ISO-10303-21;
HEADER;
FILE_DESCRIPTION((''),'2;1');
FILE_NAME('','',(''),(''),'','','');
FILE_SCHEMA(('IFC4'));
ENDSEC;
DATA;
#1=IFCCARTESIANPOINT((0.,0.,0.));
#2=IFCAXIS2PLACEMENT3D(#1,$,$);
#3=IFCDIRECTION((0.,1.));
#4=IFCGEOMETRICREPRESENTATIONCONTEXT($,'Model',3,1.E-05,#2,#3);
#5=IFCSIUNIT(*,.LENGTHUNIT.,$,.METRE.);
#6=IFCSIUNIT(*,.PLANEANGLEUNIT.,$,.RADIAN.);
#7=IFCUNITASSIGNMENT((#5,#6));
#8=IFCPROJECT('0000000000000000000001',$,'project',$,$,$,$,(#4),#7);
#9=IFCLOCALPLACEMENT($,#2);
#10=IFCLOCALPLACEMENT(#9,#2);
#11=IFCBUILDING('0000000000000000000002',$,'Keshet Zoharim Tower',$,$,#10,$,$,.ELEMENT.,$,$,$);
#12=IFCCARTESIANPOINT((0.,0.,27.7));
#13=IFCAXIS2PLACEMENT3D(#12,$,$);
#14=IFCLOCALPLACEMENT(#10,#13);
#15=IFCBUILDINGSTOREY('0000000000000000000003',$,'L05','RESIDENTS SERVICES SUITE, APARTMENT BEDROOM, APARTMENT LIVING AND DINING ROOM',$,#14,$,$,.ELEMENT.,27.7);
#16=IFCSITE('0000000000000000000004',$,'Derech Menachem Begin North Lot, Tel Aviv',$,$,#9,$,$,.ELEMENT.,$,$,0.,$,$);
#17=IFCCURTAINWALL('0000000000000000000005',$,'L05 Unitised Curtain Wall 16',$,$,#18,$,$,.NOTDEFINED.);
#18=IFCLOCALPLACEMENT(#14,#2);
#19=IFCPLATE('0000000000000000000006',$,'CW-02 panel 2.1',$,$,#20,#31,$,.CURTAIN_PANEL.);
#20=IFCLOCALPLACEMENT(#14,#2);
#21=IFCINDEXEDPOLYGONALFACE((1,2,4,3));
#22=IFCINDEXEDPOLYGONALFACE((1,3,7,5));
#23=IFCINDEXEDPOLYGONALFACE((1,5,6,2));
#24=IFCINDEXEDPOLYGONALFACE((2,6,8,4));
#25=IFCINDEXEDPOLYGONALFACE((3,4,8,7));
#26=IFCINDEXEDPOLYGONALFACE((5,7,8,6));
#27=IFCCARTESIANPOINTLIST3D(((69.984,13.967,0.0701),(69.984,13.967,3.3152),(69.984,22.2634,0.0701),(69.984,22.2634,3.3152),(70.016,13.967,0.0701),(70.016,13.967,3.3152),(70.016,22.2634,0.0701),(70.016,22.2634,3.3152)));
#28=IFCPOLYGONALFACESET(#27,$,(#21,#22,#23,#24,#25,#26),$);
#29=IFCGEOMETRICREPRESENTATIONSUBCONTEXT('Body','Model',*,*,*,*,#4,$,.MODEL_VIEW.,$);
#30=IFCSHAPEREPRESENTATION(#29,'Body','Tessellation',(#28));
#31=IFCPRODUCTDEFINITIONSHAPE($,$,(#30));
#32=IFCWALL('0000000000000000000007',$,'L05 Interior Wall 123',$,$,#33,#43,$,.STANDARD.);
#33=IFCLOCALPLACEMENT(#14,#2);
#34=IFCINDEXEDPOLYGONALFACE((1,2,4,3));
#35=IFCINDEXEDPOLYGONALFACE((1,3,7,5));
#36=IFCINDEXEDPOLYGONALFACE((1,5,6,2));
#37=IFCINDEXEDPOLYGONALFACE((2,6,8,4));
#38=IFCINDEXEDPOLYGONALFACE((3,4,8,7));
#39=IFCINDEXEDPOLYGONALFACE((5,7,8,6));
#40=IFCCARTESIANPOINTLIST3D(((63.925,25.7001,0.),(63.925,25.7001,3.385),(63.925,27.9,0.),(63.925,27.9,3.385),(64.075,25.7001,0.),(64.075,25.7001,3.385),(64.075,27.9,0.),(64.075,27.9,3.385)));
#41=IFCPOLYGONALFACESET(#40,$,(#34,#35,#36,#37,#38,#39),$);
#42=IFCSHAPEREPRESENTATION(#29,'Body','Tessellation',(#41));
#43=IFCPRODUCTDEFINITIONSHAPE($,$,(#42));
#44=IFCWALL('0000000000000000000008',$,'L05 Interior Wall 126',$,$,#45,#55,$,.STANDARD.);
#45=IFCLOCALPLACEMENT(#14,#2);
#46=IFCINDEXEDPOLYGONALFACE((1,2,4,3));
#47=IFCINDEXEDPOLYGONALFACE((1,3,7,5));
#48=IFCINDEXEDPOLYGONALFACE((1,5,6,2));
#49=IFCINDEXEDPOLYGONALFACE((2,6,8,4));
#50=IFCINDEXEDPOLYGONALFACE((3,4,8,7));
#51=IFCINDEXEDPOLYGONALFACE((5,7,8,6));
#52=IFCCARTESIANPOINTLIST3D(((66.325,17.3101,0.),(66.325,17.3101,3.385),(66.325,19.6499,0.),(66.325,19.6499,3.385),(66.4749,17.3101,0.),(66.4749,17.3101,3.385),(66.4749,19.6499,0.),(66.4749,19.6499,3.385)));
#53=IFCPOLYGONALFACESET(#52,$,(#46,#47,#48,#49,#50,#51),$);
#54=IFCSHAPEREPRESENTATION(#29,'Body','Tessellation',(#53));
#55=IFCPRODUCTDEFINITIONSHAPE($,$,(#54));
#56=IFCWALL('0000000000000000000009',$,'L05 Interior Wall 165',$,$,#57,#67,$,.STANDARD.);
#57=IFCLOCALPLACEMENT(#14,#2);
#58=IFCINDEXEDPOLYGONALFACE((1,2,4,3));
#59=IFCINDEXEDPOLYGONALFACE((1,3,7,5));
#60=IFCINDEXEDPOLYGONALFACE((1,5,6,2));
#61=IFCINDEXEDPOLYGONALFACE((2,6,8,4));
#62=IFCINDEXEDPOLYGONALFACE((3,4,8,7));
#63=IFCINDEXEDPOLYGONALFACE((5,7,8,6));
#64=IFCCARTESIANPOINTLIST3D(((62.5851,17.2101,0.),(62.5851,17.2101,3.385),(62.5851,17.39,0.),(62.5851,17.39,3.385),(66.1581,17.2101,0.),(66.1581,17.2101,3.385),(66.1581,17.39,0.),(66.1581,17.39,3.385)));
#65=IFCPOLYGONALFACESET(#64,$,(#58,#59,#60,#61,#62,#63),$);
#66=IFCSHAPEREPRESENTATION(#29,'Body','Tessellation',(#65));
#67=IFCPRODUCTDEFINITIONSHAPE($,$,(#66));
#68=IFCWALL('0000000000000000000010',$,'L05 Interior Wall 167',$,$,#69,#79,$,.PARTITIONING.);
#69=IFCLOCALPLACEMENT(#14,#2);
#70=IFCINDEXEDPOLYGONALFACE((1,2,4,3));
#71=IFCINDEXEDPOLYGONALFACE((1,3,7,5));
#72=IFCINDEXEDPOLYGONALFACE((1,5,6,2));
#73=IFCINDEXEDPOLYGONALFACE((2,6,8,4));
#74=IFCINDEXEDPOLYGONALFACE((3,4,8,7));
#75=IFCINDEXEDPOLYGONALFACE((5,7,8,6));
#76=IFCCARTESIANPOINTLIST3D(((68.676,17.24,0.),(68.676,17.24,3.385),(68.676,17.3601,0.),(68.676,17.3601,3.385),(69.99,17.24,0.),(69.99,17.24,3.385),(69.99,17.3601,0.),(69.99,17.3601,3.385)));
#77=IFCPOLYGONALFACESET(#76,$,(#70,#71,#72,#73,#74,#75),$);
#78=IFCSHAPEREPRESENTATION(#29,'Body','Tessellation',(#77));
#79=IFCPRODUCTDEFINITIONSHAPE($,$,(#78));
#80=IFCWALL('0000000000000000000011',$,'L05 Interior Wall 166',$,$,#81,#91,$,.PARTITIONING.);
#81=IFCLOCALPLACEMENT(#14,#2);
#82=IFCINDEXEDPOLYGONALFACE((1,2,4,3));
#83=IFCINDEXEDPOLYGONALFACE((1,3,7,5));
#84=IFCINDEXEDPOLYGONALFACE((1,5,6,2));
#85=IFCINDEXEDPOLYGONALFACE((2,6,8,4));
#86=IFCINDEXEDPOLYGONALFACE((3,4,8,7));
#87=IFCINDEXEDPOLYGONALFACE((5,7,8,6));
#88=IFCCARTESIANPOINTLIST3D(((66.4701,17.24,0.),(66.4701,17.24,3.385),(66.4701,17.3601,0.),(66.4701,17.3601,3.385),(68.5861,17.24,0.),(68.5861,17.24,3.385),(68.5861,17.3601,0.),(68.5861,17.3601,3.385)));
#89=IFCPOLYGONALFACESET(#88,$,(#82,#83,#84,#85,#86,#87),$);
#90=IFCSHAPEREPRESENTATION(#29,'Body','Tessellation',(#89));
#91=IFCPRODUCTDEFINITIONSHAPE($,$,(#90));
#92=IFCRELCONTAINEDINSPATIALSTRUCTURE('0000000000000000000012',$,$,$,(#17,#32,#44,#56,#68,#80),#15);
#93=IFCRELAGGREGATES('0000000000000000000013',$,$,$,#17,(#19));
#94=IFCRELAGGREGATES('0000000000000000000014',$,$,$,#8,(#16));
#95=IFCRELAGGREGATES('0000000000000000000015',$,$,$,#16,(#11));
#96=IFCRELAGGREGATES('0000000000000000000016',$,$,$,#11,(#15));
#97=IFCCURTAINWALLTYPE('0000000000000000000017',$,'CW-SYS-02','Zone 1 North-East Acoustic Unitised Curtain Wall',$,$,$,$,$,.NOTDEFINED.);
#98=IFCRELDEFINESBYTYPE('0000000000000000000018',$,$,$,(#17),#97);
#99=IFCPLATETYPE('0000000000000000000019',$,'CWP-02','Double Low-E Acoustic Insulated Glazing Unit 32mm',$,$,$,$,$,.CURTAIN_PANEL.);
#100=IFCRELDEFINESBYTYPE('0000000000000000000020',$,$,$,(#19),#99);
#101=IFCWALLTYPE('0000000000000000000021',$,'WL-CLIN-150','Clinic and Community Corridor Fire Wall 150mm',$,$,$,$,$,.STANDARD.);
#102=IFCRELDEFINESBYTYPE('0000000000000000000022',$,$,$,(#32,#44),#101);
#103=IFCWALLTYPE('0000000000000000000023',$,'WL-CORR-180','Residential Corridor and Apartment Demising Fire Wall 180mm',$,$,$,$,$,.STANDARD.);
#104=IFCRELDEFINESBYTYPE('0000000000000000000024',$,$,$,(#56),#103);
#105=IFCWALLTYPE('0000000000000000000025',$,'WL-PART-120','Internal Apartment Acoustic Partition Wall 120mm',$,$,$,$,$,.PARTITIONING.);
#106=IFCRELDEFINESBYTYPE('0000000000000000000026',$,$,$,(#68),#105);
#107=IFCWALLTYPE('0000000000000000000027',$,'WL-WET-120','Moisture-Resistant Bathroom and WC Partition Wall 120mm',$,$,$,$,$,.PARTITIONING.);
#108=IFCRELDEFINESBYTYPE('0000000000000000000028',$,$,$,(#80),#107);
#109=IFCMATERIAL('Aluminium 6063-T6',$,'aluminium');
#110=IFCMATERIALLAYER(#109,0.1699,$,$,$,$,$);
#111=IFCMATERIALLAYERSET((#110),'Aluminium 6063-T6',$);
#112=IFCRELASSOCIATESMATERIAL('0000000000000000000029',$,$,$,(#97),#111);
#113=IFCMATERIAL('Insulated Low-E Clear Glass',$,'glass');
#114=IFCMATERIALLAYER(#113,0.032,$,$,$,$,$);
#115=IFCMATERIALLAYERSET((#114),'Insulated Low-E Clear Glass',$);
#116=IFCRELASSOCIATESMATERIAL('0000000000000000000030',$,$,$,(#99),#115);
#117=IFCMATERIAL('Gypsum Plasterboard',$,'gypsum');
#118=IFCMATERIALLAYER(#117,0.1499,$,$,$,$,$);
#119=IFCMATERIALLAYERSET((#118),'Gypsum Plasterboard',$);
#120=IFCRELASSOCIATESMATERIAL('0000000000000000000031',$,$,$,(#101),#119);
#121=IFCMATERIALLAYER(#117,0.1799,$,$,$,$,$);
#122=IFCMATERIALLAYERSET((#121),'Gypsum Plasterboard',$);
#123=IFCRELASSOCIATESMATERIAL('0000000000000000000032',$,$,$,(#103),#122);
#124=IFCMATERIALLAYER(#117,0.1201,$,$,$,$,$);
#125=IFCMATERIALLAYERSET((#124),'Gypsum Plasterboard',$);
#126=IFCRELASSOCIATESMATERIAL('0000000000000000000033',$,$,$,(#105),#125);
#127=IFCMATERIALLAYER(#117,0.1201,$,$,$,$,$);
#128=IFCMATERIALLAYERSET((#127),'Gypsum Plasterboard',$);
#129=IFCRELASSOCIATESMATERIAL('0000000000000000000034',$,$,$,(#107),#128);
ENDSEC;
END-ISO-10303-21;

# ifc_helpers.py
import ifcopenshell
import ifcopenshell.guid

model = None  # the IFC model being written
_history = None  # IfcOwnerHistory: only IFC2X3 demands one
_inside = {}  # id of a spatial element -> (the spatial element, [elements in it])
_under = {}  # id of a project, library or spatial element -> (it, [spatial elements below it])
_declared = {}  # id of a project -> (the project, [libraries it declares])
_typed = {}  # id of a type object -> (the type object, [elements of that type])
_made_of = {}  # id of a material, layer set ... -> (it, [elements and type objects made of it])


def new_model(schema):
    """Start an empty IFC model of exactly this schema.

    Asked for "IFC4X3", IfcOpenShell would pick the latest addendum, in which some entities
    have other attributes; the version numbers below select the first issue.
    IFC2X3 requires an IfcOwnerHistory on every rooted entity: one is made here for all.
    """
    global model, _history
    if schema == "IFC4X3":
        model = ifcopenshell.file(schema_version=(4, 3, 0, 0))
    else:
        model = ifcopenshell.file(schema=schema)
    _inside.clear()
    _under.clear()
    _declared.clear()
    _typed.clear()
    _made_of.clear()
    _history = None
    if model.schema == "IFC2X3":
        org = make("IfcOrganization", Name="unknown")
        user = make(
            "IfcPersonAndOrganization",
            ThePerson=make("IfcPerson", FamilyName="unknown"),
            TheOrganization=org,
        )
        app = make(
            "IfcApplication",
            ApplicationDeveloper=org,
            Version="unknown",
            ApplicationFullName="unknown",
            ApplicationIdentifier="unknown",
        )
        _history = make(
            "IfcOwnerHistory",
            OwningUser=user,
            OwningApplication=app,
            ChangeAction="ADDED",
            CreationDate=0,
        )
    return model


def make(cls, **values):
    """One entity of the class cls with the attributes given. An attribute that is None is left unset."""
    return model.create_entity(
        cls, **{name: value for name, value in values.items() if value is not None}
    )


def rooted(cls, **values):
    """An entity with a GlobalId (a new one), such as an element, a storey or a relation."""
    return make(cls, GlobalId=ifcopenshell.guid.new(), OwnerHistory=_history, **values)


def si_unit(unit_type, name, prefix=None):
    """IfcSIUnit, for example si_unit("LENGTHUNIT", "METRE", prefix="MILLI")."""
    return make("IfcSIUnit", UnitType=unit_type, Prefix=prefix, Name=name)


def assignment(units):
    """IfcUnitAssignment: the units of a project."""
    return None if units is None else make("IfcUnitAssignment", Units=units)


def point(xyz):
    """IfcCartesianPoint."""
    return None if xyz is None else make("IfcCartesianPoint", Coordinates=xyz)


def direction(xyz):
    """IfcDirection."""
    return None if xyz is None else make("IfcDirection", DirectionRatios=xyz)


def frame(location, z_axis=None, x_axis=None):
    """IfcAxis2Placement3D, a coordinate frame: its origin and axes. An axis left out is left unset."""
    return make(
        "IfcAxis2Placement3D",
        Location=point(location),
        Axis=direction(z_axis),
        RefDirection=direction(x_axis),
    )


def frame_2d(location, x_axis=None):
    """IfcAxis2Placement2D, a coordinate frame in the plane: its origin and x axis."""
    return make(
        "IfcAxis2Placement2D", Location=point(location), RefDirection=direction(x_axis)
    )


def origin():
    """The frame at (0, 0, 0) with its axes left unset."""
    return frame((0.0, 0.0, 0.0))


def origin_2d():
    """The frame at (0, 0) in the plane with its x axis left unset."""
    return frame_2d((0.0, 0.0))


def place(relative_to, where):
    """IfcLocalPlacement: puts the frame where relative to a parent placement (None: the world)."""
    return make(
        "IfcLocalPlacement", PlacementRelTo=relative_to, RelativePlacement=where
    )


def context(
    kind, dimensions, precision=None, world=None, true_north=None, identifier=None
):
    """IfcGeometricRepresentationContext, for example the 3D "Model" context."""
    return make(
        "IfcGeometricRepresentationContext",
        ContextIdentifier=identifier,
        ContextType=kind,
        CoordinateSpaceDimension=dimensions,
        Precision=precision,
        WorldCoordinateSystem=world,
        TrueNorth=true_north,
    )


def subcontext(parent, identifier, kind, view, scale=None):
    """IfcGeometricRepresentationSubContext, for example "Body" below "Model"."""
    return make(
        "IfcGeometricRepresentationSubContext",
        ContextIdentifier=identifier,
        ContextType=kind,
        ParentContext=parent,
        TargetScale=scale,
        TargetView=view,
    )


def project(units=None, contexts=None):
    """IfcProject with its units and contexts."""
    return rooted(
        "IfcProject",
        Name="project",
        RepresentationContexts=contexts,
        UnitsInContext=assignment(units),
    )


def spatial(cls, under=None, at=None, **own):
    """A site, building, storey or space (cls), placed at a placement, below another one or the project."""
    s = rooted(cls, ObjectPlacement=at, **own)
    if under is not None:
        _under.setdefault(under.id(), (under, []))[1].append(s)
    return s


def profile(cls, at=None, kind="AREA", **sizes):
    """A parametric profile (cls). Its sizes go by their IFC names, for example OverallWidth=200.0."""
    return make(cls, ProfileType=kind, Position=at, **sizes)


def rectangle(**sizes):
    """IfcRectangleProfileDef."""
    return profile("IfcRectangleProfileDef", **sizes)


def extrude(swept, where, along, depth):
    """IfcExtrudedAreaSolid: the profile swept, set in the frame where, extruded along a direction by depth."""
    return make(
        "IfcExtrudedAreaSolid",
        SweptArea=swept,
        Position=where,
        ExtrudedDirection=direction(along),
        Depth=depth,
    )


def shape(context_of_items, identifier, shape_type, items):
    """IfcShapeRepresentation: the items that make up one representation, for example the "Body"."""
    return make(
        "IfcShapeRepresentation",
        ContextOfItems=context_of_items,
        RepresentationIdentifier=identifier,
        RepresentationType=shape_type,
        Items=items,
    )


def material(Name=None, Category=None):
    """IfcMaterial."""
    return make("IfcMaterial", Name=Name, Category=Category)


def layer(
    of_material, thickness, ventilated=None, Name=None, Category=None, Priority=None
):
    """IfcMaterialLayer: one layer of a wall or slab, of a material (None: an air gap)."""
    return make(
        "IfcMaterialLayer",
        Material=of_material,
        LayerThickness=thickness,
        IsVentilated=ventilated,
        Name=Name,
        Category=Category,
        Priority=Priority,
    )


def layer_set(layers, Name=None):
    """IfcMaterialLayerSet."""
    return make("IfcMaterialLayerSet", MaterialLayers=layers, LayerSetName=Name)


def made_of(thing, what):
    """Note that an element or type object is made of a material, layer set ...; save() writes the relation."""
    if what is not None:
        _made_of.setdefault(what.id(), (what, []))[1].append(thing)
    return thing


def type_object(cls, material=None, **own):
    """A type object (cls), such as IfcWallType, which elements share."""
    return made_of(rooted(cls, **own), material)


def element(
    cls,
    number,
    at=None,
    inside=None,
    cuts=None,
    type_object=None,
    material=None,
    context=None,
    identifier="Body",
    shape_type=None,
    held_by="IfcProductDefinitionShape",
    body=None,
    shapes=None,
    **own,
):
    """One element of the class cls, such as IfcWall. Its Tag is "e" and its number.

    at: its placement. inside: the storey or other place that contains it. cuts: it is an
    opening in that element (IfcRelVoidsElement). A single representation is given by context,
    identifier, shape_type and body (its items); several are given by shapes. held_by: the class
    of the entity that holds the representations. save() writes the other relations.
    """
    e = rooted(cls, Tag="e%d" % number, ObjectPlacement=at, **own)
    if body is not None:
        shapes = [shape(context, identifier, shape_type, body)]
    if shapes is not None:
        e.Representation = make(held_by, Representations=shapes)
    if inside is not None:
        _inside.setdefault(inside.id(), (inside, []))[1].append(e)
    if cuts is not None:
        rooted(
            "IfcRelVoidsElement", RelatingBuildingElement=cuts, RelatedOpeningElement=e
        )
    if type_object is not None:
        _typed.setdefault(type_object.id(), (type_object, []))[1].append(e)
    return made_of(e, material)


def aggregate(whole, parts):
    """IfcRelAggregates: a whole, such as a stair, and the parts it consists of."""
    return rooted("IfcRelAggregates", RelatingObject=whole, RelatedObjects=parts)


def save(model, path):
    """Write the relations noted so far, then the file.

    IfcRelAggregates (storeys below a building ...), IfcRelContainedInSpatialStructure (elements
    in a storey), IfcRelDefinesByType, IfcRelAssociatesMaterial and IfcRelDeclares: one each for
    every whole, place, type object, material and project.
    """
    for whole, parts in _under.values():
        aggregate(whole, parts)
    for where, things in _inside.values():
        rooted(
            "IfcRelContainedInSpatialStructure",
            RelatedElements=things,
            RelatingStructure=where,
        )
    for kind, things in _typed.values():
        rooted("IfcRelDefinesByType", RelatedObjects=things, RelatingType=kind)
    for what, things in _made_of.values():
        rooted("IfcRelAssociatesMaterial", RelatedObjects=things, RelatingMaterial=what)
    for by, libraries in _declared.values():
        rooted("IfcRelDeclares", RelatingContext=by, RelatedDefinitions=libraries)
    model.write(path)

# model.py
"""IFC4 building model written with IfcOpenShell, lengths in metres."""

from ifc_helpers import new_model, si_unit, direction, frame, frame_2d, origin, origin_2d, place, context, subcontext, project, spatial, rectangle, extrude, material, layer, layer_set, type_object, element, aggregate, save


model = new_model("IFC4")

# Units and contexts
model_context = context("Model", 3, precision=1e-05, world=origin(), true_north=direction((0.0, 1.0)))
body_context = subcontext(model_context, "Body", "Model", "MODEL_VIEW")
ifc_project = project(units=[si_unit("LENGTHUNIT", "METRE"), si_unit("PLANEANGLEUNIT", "RADIAN")], contexts=[model_context])

# Site, building, storey
site_placement = place(None, origin())
site = spatial("IfcSite", under=ifc_project, at=site_placement, Name="Derech Menachem Begin North Lot, Tel Aviv", CompositionType="ELEMENT", RefElevation=0.0)
building_placement = place(site_placement, origin())
building = spatial("IfcBuilding", under=site, at=building_placement, Name="Keshet Zoharim Tower", CompositionType="ELEMENT")
storey_placement = place(building_placement, frame((0.0, 0.0, 27.7)))
storey = spatial("IfcBuildingStorey", under=building, at=storey_placement, Name="L05", Description="RESIDENTS SERVICES SUITE, APARTMENT BEDROOM, APARTMENT LIVING AND DINING ROOM", CompositionType="ELEMENT", Elevation=27.7)

# Shared definitions
ifc_material_1 = material(Name="Aluminium 6063-T6", Category="aluminium")
ifc_layer_1 = layer(ifc_material_1, 0.1699)
ifc_layer_set_1 = layer_set([ifc_layer_1], Name="Aluminium 6063-T6")
curtain_wall_type = type_object("IfcCurtainWallType", Name="CW-SYS-02", Description="Zone 1 North-East Acoustic Unitised Curtain Wall", PredefinedType="NOTDEFINED", material=ifc_layer_set_1)

# Curtain wall, plate
curtain_wall_1_placement = place(storey_placement, origin())
curtain_wall_1 = element("IfcCurtainWall", 1, at=curtain_wall_1_placement, inside=storey, type_object=curtain_wall_type, Name="L05 Unitised Curtain Wall 16", PredefinedType="NOTDEFINED")
ifc_material_2 = material(Name="Insulated Low-E Clear Glass", Category="glass")
ifc_layer_2 = layer(ifc_material_2, 0.032)
ifc_layer_set_2 = layer_set([ifc_layer_2], Name="Insulated Low-E Clear Glass")
plate_type = type_object("IfcPlateType", Name="CWP-02", Description="Double Low-E Acoustic Insulated Glazing Unit 32mm", PredefinedType="CURTAIN_PANEL", material=ifc_layer_set_2)
plate_1_placement = place(storey_placement, frame((70.0, 18.1152, 0.0701), z_axis=(0.0, 0.0, 1.0), x_axis=(0.0, -1.0, 0.0)))
plate_1 = element("IfcPlate", 2, at=plate_1_placement, type_object=plate_type, Name="CW-02 panel 2.1", PredefinedType="CURTAIN_PANEL", context=body_context, shape_type="SweptSolid", body=[
    extrude(rectangle(XDim=8.2964, YDim=0.032, at=origin_2d()), origin(), (0.0, 0.0, 1.0), 3.2451),
])
aggregate(curtain_wall_1, [plate_1])

# Walls
ifc_material_3 = material(Name="Gypsum Plasterboard", Category="gypsum")
ifc_layer_3 = layer(ifc_material_3, 0.1499)
ifc_layer_set_3 = layer_set([ifc_layer_3], Name="Gypsum Plasterboard")
wall_type_1 = type_object("IfcWallType", Name="WL-CLIN-150", Description="Clinic and Community Corridor Fire Wall 150mm", PredefinedType="STANDARD", material=ifc_layer_set_3)
wall_1_placement = place(storey_placement, frame((64.0, 25.7, 0.0), z_axis=(0.0, 0.0, 1.0), x_axis=(0.0, 1.0, 0.0)))
element("IfcWall", 3, at=wall_1_placement, inside=storey, type_object=wall_type_1, Name="L05 Interior Wall 123", PredefinedType="STANDARD", context=body_context, shape_type="SweptSolid", body=[
    extrude(rectangle(XDim=2.2, YDim=0.1499, at=frame_2d((1.1001, 0.0))), origin(), (0.0, 0.0, 1.0), 3.385),
])
wall_2_placement = place(storey_placement, frame((66.3999, 17.3101, 0.0), z_axis=(0.0, 0.0, 1.0), x_axis=(0.0, 1.0, 0.0)))
element("IfcWall", 4, at=wall_2_placement, inside=storey, type_object=wall_type_1, Name="L05 Interior Wall 126", PredefinedType="STANDARD", context=body_context, shape_type="SweptSolid", body=[
    extrude(rectangle(XDim=2.3398, YDim=0.1499, at=frame_2d((1.1699, 0.0))), origin(), (0.0, 0.0, 1.0), 3.385),
])
ifc_layer_4 = layer(ifc_material_3, 0.1799)
ifc_layer_set_4 = layer_set([ifc_layer_4], Name="Gypsum Plasterboard")
wall_type_2 = type_object("IfcWallType", Name="WL-CORR-180", Description="Residential Corridor and Apartment Demising Fire Wall 180mm", PredefinedType="STANDARD", material=ifc_layer_set_4)
wall_3_placement = place(storey_placement, frame((62.585, 17.3, 0.0), z_axis=(0.0, 0.0, 1.0), x_axis=(1.0, 0.0, 0.0)))
element("IfcWall", 5, at=wall_3_placement, inside=storey, type_object=wall_type_2, Name="L05 Interior Wall 165", PredefinedType="STANDARD", context=body_context, shape_type="SweptSolid", body=[
    extrude(rectangle(XDim=3.573, YDim=0.1799, at=frame_2d((1.7866, 0.0))), origin(), (0.0, 0.0, 1.0), 3.385),
])
ifc_layer_5 = layer(ifc_material_3, 0.1201)
ifc_layer_set_5 = layer_set([ifc_layer_5], Name="Gypsum Plasterboard")
wall_type_3 = type_object("IfcWallType", Name="WL-PART-120", Description="Internal Apartment Acoustic Partition Wall 120mm", PredefinedType="PARTITIONING", material=ifc_layer_set_5)
wall_4_placement = place(storey_placement, frame((68.676, 17.3, 0.0), z_axis=(0.0, 0.0, 1.0), x_axis=(1.0, 0.0, 0.0)))
element("IfcWall", 6, at=wall_4_placement, inside=storey, type_object=wall_type_3, Name="L05 Interior Wall 167", PredefinedType="PARTITIONING", context=body_context, shape_type="SweptSolid", body=[
    extrude(rectangle(XDim=1.314, YDim=0.1201, at=frame_2d((0.657, 0.0))), origin(), (0.0, 0.0, 1.0), 3.385),
])
ifc_layer_6 = layer(ifc_material_3, 0.1201)
ifc_layer_set_6 = layer_set([ifc_layer_6], Name="Gypsum Plasterboard")
wall_type_4 = type_object("IfcWallType", Name="WL-WET-120", Description="Moisture-Resistant Bathroom and WC Partition Wall 120mm", PredefinedType="PARTITIONING", material=ifc_layer_set_6)
wall_5_placement = place(storey_placement, frame((66.47, 17.3, 0.0), z_axis=(0.0, 0.0, 1.0), x_axis=(1.0, 0.0, 0.0)))
element("IfcWall", 7, at=wall_5_placement, inside=storey, type_object=wall_type_4, Name="L05 Interior Wall 166", PredefinedType="PARTITIONING", context=body_context, shape_type="SweptSolid", body=[
    extrude(rectangle(XDim=2.116, YDim=0.1201, at=frame_2d((1.0581, 0.0))), origin(), (0.0, 0.0, 1.0), 3.385),
])

save(model, "model.ifc")
